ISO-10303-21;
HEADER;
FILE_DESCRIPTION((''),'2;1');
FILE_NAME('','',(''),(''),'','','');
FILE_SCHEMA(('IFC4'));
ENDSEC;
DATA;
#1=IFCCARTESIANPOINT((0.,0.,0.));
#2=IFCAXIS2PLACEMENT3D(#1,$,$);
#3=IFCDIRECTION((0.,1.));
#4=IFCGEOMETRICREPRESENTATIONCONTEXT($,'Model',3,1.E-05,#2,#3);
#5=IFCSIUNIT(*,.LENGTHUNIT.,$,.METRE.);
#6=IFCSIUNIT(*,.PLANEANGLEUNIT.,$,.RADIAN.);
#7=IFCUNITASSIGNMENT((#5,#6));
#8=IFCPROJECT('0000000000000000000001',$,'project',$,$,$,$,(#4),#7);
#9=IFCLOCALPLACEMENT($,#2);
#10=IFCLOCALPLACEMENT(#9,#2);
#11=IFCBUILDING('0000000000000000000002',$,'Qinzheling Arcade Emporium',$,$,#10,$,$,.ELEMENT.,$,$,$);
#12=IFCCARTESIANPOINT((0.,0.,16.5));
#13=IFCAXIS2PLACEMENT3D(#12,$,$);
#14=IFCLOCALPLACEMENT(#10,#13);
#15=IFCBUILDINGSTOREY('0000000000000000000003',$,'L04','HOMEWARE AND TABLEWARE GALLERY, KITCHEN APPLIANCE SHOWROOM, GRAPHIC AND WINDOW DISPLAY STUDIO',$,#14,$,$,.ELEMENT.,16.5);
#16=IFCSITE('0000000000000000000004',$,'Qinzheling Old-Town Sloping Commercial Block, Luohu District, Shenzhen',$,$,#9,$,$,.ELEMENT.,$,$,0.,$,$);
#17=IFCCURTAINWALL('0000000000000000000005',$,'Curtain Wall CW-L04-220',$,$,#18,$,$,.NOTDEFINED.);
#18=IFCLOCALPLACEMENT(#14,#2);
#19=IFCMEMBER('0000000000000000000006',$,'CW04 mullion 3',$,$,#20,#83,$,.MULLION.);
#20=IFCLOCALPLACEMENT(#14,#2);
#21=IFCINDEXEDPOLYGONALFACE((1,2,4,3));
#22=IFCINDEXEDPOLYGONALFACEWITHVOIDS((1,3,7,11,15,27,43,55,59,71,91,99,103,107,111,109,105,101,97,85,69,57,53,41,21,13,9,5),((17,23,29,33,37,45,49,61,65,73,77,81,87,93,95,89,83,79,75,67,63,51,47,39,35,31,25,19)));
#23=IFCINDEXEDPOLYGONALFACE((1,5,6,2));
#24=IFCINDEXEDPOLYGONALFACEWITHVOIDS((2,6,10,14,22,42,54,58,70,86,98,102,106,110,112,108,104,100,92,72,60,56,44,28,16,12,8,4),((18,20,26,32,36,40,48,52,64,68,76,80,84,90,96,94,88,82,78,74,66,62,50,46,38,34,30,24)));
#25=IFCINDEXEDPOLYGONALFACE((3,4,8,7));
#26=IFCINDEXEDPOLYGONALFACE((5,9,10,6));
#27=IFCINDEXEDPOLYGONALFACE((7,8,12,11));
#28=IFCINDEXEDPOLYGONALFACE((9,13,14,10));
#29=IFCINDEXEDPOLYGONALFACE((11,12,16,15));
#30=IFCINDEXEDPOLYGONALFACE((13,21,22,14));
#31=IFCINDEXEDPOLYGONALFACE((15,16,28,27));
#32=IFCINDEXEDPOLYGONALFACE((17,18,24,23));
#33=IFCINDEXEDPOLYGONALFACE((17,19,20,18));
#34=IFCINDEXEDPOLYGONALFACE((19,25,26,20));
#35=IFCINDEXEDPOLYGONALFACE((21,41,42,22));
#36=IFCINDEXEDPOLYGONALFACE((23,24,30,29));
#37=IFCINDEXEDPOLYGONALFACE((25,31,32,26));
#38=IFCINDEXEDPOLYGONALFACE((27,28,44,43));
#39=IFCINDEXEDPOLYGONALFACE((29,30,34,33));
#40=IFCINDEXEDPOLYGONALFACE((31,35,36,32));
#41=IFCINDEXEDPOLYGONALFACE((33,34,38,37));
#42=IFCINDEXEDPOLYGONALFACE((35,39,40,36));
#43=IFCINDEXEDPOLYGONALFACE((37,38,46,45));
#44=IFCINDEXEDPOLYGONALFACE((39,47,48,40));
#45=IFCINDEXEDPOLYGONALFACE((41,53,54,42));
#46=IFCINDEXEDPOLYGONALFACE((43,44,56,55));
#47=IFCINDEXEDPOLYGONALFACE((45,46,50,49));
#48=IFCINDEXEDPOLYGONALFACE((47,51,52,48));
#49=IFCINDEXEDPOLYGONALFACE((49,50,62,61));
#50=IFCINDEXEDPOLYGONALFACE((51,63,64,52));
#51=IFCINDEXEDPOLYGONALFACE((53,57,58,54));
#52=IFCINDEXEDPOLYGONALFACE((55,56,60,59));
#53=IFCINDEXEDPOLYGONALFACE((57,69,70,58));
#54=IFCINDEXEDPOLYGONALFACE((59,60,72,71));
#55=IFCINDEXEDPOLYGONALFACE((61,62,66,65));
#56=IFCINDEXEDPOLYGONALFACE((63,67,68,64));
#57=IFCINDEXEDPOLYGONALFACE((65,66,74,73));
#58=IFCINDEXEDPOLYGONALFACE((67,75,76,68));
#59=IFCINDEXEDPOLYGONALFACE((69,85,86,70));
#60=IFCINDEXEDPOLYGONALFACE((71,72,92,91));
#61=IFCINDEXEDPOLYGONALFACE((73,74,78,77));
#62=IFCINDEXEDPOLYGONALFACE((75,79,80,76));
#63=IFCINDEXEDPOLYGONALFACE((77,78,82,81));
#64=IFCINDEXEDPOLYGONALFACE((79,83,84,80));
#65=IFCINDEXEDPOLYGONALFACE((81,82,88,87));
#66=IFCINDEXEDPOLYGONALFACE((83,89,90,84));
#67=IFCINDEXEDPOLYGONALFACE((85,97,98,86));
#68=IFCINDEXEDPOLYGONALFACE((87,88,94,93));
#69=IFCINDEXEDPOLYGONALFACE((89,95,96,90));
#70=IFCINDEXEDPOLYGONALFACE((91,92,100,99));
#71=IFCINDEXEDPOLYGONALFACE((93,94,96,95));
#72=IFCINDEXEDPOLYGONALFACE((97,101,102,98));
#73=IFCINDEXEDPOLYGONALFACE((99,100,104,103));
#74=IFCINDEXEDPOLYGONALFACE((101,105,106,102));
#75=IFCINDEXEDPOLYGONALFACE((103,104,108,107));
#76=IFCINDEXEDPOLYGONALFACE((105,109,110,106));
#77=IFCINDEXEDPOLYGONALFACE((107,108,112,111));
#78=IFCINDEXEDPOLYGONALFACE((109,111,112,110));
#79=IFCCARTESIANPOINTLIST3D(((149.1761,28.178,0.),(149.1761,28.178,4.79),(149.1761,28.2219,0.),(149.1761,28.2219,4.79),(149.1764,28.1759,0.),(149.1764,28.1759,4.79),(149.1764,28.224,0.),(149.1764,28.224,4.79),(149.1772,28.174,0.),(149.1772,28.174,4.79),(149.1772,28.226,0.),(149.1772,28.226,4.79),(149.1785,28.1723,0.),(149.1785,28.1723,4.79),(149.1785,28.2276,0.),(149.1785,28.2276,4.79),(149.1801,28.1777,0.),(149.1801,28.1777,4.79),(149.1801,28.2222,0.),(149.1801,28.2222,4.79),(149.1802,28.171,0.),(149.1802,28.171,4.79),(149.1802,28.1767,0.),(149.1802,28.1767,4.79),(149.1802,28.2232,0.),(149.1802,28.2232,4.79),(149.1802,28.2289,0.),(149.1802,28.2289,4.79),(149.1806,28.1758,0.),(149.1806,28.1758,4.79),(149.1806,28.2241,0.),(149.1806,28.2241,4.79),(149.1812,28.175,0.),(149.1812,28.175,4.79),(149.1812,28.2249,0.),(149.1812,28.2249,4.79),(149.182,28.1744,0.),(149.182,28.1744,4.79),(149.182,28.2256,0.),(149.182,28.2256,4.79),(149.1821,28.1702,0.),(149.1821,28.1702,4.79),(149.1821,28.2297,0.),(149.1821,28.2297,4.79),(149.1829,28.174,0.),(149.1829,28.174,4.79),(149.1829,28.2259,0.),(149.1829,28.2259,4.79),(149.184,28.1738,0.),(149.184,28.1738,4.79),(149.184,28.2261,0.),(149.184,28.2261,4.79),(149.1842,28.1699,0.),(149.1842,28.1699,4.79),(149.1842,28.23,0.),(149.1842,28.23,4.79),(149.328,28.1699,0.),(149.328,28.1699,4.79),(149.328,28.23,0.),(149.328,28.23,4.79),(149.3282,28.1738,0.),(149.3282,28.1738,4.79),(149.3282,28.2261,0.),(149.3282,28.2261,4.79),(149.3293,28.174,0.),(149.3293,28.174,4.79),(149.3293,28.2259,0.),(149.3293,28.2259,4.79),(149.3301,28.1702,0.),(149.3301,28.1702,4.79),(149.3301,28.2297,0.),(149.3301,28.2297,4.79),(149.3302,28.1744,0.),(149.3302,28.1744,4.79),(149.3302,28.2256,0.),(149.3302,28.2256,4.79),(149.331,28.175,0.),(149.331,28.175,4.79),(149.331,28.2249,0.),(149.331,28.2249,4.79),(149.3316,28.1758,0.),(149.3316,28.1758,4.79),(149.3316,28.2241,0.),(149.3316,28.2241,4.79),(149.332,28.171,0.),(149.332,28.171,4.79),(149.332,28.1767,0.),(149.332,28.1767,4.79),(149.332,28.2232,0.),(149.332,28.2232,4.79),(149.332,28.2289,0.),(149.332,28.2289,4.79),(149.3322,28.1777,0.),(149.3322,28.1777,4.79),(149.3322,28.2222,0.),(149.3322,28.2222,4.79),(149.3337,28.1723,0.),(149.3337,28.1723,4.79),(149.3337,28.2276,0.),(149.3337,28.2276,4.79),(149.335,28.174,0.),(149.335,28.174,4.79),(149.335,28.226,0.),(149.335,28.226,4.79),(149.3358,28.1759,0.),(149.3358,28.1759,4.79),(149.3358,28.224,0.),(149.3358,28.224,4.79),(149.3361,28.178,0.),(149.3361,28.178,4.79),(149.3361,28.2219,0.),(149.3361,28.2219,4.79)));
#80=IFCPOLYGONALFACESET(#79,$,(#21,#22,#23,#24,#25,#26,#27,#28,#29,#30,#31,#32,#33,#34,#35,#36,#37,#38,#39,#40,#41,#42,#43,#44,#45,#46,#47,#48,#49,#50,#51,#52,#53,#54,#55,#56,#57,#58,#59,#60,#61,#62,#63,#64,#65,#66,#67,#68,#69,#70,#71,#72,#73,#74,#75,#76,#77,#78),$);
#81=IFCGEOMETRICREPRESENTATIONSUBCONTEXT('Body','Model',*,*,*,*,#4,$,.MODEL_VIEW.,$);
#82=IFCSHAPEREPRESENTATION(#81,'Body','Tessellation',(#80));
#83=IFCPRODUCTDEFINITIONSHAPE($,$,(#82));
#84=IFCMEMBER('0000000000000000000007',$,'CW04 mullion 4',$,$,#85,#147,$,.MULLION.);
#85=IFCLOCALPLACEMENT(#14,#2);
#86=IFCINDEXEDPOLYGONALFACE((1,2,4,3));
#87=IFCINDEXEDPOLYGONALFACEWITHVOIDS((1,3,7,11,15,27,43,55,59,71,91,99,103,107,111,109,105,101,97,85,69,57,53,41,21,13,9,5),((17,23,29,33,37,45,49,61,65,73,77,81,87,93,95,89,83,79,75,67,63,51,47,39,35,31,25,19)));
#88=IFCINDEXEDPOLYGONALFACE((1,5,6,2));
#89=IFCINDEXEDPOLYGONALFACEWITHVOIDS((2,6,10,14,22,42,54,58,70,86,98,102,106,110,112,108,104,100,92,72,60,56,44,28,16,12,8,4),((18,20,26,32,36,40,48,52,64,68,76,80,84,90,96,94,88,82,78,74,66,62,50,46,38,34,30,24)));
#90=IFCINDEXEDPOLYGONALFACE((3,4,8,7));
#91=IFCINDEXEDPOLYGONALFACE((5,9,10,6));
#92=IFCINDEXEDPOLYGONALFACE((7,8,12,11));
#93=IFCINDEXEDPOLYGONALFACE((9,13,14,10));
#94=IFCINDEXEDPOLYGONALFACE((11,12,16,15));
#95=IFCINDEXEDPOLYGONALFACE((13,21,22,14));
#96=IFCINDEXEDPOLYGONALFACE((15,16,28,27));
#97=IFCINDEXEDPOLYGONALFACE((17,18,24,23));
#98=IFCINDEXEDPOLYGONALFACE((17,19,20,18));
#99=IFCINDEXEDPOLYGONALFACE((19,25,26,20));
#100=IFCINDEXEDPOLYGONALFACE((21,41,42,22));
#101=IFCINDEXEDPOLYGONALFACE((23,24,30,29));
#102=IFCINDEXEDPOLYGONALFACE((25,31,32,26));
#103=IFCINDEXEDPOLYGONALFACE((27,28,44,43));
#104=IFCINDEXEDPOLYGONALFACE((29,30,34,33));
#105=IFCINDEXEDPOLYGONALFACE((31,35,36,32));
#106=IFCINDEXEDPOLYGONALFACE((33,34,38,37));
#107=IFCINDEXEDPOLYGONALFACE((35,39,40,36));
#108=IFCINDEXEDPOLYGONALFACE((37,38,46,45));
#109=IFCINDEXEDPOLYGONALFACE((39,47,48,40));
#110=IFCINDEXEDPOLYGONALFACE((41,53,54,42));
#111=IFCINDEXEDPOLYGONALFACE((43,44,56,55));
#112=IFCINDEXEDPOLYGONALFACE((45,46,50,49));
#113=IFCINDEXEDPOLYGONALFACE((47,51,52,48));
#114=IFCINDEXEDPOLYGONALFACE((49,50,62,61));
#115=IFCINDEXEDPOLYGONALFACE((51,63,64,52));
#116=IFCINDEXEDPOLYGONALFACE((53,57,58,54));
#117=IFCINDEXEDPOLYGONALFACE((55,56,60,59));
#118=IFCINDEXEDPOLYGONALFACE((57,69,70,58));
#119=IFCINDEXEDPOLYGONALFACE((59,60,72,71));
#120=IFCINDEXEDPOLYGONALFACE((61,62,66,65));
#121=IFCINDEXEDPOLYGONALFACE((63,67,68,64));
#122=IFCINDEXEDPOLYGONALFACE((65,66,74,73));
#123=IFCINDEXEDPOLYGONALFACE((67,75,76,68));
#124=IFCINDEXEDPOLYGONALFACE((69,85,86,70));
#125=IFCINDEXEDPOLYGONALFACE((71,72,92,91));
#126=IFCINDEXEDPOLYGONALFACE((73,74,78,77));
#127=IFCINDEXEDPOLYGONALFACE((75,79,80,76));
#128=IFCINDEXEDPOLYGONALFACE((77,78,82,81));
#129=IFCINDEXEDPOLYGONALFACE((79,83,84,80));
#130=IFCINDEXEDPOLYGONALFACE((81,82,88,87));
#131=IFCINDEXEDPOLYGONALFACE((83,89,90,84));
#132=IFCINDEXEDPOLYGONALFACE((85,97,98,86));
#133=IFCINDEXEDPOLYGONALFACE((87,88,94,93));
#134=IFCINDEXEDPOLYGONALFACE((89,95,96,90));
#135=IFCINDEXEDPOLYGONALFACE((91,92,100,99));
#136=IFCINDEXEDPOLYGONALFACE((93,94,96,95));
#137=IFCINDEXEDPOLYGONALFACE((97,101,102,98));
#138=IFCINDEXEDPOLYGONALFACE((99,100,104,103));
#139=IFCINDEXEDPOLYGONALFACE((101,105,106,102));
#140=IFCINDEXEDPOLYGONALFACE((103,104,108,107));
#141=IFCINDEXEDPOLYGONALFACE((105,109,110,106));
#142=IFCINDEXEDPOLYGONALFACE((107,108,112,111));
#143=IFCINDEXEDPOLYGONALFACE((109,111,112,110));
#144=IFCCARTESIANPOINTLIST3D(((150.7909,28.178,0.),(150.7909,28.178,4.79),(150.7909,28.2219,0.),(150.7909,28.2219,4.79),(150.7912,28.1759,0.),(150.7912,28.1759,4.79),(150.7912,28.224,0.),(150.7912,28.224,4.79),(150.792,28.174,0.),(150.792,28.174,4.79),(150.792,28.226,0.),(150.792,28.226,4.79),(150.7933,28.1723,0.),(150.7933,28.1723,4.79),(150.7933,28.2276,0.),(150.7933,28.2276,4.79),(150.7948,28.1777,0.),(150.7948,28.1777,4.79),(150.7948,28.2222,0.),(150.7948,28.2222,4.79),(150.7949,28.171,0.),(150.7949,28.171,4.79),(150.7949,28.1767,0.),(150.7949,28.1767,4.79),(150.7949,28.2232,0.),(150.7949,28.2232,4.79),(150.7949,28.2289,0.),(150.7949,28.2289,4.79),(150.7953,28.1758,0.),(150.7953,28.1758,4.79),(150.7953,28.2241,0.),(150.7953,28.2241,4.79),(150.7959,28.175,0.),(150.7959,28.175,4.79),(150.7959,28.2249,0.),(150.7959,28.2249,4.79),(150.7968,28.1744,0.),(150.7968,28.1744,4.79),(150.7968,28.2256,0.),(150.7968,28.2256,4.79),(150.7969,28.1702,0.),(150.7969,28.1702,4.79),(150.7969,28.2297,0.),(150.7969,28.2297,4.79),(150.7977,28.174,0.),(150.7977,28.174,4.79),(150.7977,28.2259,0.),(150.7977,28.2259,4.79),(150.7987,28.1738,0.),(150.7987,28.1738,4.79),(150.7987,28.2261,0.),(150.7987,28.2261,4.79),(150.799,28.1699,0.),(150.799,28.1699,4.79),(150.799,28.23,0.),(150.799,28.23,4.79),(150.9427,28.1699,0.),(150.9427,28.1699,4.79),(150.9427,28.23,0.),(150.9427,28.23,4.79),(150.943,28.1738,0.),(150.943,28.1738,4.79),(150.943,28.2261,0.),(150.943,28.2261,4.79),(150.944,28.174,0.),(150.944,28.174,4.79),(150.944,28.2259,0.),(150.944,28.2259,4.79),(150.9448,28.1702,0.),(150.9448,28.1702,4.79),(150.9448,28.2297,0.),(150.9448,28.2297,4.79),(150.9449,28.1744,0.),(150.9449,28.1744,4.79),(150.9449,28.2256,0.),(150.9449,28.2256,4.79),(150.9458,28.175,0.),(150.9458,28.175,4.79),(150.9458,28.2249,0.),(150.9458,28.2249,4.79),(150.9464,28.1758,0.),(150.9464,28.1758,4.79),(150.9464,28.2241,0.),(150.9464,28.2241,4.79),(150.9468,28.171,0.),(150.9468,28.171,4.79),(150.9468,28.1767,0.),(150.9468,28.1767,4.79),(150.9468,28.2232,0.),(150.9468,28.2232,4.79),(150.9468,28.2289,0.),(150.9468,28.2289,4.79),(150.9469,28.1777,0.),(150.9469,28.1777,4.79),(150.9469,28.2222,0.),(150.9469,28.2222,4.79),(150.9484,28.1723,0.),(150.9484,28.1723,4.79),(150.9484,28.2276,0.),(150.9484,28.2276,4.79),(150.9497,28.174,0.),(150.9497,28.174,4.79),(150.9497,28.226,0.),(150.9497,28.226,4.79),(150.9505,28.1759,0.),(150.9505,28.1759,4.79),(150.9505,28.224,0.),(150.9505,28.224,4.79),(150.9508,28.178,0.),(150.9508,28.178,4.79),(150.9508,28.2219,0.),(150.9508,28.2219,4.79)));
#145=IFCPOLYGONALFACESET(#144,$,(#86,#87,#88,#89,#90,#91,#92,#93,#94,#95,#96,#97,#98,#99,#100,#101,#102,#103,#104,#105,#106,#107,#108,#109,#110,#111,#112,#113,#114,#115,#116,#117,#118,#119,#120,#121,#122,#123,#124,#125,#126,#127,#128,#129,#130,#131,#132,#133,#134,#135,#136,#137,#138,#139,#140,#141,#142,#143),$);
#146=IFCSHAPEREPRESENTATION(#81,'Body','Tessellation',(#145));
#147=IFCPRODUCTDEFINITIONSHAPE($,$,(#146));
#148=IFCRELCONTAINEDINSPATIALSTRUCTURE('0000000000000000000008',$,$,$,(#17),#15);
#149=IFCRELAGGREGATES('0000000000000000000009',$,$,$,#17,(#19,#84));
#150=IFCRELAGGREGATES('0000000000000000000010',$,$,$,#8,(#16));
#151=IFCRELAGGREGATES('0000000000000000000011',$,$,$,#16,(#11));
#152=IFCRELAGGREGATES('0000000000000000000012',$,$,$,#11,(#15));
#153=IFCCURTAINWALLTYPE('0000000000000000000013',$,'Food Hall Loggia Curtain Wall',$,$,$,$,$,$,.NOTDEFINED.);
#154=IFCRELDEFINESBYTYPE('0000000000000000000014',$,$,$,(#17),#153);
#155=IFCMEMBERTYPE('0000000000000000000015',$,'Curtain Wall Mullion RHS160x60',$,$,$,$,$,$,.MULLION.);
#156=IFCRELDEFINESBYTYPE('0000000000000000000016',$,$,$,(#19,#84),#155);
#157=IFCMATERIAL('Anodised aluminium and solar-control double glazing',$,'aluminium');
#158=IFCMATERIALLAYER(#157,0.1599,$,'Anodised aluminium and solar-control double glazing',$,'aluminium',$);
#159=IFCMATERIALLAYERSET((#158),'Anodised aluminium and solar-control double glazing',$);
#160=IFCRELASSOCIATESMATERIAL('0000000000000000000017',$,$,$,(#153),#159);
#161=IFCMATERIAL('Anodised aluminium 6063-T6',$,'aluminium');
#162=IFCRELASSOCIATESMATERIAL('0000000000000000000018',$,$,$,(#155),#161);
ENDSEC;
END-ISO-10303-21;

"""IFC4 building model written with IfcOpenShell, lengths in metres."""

from ifc_helpers import new_model, si_unit, direction, frame, origin, origin_2d, place, context, subcontext, project, spatial, hollow_rectangle, extrude, material, layer, layer_set, material_profile, profile_set, type_object, element, aggregate, save


model = new_model("IFC4")

# Units and contexts
model_context = context("Model", 3, precision=1e-05, world=origin(), true_north=direction((0.0, 1.0)))
body_context = subcontext(model_context, "Body", "Model", "MODEL_VIEW")
ifc_project = project(units=[si_unit("LENGTHUNIT", "METRE"), si_unit("PLANEANGLEUNIT", "RADIAN")], contexts=[model_context])

# Site, building, storey
site_placement = place(None, origin())
site = spatial("IfcSite", under=ifc_project, at=site_placement, Name="Qinzheling Old-Town Sloping Commercial Block, Luohu District, Shenzhen", CompositionType="ELEMENT", RefElevation=0.0)
building_placement = place(site_placement, origin())
building = spatial("IfcBuilding", under=site, at=building_placement, Name="Qinzheling Arcade Emporium", CompositionType="ELEMENT")
storey_placement = place(building_placement, frame((0.0, 0.0, 16.5)))
storey = spatial("IfcBuildingStorey", under=building, at=storey_placement, Name="L04", Description="HOMEWARE AND TABLEWARE GALLERY, KITCHEN APPLIANCE SHOWROOM, GRAPHIC AND WINDOW DISPLAY STUDIO", CompositionType="ELEMENT", Elevation=16.5)

# Curtain wall, members
ifc_material_1 = material(Name="Anodised aluminium and solar-control double glazing", Category="aluminium")
ifc_layer_1 = layer(ifc_material_1, 0.1599, Name="Anodised aluminium and solar-control double glazing", Category="aluminium")
ifc_layer_set_1 = layer_set([ifc_layer_1], Name="Anodised aluminium and solar-control double glazing")
curtain_wall_type = type_object("IfcCurtainWallType", Name="Food Hall Loggia Curtain Wall", PredefinedType="NOTDEFINED", material=ifc_layer_set_1)
curtain_wall_placement = place(storey_placement, origin())
curtain_wall = element("IfcCurtainWall", 1, at=curtain_wall_placement, inside=storey, type_object=curtain_wall_type, Name="Curtain Wall CW-L04-220", PredefinedType="NOTDEFINED")
ifc_material_2 = material(Name="Anodised aluminium 6063-T6", Category="aluminium")
ifc_material_profile_1 = material_profile(ifc_material_2, hollow_rectangle(XDim=0.0601, YDim=0.1599, WallThickness=0.0039, InnerFilletRadius=0.0039, OuterFilletRadius=0.0081, at=origin_2d()), Name="RHS 160x60x4", Category="aluminium")
ifc_profile_set_1 = profile_set([ifc_material_profile_1], Name="Anodised aluminium 6063-T6")
member_type_1 = type_object("IfcMemberType", Name="Curtain Wall Mullion RHS160x60", PredefinedType="MULLION", material=ifc_profile_set_1)
member_1_placement = place(storey_placement, frame((149.2561, 28.2, 0.0), z_axis=(0.0, 0.0, 1.0), x_axis=(0.0, 1.0, 0.0)))
member_1 = element("IfcMember", 2, at=member_1_placement, type_object=member_type_1, Name="CW04 mullion 3", PredefinedType="MULLION", context=body_context, shape_type="SweptSolid", body=[
    extrude(hollow_rectangle(XDim=0.0601, YDim=0.1599, WallThickness=0.0039, InnerFilletRadius=0.0039, OuterFilletRadius=0.0081, at=origin_2d()), origin(), (0.0, 0.0, 1.0), 4.79),
])
member_2_placement = place(storey_placement, frame((150.8708, 28.2, 0.0), z_axis=(0.0, 0.0, 1.0), x_axis=(0.0, 1.0, 0.0)))
member_2 = element("IfcMember", 3, at=member_2_placement, type_object=member_type_1, Name="CW04 mullion 4", PredefinedType="MULLION", context=body_context, shape_type="SweptSolid", body=[
    extrude(hollow_rectangle(XDim=0.0601, YDim=0.1599, WallThickness=0.0039, InnerFilletRadius=0.0039, OuterFilletRadius=0.0081, at=origin_2d()), origin(), (0.0, 0.0, 1.0), 4.79),
])

aggregate(curtain_wall, [member_1, member_2])

save(model, "model.ifc")
